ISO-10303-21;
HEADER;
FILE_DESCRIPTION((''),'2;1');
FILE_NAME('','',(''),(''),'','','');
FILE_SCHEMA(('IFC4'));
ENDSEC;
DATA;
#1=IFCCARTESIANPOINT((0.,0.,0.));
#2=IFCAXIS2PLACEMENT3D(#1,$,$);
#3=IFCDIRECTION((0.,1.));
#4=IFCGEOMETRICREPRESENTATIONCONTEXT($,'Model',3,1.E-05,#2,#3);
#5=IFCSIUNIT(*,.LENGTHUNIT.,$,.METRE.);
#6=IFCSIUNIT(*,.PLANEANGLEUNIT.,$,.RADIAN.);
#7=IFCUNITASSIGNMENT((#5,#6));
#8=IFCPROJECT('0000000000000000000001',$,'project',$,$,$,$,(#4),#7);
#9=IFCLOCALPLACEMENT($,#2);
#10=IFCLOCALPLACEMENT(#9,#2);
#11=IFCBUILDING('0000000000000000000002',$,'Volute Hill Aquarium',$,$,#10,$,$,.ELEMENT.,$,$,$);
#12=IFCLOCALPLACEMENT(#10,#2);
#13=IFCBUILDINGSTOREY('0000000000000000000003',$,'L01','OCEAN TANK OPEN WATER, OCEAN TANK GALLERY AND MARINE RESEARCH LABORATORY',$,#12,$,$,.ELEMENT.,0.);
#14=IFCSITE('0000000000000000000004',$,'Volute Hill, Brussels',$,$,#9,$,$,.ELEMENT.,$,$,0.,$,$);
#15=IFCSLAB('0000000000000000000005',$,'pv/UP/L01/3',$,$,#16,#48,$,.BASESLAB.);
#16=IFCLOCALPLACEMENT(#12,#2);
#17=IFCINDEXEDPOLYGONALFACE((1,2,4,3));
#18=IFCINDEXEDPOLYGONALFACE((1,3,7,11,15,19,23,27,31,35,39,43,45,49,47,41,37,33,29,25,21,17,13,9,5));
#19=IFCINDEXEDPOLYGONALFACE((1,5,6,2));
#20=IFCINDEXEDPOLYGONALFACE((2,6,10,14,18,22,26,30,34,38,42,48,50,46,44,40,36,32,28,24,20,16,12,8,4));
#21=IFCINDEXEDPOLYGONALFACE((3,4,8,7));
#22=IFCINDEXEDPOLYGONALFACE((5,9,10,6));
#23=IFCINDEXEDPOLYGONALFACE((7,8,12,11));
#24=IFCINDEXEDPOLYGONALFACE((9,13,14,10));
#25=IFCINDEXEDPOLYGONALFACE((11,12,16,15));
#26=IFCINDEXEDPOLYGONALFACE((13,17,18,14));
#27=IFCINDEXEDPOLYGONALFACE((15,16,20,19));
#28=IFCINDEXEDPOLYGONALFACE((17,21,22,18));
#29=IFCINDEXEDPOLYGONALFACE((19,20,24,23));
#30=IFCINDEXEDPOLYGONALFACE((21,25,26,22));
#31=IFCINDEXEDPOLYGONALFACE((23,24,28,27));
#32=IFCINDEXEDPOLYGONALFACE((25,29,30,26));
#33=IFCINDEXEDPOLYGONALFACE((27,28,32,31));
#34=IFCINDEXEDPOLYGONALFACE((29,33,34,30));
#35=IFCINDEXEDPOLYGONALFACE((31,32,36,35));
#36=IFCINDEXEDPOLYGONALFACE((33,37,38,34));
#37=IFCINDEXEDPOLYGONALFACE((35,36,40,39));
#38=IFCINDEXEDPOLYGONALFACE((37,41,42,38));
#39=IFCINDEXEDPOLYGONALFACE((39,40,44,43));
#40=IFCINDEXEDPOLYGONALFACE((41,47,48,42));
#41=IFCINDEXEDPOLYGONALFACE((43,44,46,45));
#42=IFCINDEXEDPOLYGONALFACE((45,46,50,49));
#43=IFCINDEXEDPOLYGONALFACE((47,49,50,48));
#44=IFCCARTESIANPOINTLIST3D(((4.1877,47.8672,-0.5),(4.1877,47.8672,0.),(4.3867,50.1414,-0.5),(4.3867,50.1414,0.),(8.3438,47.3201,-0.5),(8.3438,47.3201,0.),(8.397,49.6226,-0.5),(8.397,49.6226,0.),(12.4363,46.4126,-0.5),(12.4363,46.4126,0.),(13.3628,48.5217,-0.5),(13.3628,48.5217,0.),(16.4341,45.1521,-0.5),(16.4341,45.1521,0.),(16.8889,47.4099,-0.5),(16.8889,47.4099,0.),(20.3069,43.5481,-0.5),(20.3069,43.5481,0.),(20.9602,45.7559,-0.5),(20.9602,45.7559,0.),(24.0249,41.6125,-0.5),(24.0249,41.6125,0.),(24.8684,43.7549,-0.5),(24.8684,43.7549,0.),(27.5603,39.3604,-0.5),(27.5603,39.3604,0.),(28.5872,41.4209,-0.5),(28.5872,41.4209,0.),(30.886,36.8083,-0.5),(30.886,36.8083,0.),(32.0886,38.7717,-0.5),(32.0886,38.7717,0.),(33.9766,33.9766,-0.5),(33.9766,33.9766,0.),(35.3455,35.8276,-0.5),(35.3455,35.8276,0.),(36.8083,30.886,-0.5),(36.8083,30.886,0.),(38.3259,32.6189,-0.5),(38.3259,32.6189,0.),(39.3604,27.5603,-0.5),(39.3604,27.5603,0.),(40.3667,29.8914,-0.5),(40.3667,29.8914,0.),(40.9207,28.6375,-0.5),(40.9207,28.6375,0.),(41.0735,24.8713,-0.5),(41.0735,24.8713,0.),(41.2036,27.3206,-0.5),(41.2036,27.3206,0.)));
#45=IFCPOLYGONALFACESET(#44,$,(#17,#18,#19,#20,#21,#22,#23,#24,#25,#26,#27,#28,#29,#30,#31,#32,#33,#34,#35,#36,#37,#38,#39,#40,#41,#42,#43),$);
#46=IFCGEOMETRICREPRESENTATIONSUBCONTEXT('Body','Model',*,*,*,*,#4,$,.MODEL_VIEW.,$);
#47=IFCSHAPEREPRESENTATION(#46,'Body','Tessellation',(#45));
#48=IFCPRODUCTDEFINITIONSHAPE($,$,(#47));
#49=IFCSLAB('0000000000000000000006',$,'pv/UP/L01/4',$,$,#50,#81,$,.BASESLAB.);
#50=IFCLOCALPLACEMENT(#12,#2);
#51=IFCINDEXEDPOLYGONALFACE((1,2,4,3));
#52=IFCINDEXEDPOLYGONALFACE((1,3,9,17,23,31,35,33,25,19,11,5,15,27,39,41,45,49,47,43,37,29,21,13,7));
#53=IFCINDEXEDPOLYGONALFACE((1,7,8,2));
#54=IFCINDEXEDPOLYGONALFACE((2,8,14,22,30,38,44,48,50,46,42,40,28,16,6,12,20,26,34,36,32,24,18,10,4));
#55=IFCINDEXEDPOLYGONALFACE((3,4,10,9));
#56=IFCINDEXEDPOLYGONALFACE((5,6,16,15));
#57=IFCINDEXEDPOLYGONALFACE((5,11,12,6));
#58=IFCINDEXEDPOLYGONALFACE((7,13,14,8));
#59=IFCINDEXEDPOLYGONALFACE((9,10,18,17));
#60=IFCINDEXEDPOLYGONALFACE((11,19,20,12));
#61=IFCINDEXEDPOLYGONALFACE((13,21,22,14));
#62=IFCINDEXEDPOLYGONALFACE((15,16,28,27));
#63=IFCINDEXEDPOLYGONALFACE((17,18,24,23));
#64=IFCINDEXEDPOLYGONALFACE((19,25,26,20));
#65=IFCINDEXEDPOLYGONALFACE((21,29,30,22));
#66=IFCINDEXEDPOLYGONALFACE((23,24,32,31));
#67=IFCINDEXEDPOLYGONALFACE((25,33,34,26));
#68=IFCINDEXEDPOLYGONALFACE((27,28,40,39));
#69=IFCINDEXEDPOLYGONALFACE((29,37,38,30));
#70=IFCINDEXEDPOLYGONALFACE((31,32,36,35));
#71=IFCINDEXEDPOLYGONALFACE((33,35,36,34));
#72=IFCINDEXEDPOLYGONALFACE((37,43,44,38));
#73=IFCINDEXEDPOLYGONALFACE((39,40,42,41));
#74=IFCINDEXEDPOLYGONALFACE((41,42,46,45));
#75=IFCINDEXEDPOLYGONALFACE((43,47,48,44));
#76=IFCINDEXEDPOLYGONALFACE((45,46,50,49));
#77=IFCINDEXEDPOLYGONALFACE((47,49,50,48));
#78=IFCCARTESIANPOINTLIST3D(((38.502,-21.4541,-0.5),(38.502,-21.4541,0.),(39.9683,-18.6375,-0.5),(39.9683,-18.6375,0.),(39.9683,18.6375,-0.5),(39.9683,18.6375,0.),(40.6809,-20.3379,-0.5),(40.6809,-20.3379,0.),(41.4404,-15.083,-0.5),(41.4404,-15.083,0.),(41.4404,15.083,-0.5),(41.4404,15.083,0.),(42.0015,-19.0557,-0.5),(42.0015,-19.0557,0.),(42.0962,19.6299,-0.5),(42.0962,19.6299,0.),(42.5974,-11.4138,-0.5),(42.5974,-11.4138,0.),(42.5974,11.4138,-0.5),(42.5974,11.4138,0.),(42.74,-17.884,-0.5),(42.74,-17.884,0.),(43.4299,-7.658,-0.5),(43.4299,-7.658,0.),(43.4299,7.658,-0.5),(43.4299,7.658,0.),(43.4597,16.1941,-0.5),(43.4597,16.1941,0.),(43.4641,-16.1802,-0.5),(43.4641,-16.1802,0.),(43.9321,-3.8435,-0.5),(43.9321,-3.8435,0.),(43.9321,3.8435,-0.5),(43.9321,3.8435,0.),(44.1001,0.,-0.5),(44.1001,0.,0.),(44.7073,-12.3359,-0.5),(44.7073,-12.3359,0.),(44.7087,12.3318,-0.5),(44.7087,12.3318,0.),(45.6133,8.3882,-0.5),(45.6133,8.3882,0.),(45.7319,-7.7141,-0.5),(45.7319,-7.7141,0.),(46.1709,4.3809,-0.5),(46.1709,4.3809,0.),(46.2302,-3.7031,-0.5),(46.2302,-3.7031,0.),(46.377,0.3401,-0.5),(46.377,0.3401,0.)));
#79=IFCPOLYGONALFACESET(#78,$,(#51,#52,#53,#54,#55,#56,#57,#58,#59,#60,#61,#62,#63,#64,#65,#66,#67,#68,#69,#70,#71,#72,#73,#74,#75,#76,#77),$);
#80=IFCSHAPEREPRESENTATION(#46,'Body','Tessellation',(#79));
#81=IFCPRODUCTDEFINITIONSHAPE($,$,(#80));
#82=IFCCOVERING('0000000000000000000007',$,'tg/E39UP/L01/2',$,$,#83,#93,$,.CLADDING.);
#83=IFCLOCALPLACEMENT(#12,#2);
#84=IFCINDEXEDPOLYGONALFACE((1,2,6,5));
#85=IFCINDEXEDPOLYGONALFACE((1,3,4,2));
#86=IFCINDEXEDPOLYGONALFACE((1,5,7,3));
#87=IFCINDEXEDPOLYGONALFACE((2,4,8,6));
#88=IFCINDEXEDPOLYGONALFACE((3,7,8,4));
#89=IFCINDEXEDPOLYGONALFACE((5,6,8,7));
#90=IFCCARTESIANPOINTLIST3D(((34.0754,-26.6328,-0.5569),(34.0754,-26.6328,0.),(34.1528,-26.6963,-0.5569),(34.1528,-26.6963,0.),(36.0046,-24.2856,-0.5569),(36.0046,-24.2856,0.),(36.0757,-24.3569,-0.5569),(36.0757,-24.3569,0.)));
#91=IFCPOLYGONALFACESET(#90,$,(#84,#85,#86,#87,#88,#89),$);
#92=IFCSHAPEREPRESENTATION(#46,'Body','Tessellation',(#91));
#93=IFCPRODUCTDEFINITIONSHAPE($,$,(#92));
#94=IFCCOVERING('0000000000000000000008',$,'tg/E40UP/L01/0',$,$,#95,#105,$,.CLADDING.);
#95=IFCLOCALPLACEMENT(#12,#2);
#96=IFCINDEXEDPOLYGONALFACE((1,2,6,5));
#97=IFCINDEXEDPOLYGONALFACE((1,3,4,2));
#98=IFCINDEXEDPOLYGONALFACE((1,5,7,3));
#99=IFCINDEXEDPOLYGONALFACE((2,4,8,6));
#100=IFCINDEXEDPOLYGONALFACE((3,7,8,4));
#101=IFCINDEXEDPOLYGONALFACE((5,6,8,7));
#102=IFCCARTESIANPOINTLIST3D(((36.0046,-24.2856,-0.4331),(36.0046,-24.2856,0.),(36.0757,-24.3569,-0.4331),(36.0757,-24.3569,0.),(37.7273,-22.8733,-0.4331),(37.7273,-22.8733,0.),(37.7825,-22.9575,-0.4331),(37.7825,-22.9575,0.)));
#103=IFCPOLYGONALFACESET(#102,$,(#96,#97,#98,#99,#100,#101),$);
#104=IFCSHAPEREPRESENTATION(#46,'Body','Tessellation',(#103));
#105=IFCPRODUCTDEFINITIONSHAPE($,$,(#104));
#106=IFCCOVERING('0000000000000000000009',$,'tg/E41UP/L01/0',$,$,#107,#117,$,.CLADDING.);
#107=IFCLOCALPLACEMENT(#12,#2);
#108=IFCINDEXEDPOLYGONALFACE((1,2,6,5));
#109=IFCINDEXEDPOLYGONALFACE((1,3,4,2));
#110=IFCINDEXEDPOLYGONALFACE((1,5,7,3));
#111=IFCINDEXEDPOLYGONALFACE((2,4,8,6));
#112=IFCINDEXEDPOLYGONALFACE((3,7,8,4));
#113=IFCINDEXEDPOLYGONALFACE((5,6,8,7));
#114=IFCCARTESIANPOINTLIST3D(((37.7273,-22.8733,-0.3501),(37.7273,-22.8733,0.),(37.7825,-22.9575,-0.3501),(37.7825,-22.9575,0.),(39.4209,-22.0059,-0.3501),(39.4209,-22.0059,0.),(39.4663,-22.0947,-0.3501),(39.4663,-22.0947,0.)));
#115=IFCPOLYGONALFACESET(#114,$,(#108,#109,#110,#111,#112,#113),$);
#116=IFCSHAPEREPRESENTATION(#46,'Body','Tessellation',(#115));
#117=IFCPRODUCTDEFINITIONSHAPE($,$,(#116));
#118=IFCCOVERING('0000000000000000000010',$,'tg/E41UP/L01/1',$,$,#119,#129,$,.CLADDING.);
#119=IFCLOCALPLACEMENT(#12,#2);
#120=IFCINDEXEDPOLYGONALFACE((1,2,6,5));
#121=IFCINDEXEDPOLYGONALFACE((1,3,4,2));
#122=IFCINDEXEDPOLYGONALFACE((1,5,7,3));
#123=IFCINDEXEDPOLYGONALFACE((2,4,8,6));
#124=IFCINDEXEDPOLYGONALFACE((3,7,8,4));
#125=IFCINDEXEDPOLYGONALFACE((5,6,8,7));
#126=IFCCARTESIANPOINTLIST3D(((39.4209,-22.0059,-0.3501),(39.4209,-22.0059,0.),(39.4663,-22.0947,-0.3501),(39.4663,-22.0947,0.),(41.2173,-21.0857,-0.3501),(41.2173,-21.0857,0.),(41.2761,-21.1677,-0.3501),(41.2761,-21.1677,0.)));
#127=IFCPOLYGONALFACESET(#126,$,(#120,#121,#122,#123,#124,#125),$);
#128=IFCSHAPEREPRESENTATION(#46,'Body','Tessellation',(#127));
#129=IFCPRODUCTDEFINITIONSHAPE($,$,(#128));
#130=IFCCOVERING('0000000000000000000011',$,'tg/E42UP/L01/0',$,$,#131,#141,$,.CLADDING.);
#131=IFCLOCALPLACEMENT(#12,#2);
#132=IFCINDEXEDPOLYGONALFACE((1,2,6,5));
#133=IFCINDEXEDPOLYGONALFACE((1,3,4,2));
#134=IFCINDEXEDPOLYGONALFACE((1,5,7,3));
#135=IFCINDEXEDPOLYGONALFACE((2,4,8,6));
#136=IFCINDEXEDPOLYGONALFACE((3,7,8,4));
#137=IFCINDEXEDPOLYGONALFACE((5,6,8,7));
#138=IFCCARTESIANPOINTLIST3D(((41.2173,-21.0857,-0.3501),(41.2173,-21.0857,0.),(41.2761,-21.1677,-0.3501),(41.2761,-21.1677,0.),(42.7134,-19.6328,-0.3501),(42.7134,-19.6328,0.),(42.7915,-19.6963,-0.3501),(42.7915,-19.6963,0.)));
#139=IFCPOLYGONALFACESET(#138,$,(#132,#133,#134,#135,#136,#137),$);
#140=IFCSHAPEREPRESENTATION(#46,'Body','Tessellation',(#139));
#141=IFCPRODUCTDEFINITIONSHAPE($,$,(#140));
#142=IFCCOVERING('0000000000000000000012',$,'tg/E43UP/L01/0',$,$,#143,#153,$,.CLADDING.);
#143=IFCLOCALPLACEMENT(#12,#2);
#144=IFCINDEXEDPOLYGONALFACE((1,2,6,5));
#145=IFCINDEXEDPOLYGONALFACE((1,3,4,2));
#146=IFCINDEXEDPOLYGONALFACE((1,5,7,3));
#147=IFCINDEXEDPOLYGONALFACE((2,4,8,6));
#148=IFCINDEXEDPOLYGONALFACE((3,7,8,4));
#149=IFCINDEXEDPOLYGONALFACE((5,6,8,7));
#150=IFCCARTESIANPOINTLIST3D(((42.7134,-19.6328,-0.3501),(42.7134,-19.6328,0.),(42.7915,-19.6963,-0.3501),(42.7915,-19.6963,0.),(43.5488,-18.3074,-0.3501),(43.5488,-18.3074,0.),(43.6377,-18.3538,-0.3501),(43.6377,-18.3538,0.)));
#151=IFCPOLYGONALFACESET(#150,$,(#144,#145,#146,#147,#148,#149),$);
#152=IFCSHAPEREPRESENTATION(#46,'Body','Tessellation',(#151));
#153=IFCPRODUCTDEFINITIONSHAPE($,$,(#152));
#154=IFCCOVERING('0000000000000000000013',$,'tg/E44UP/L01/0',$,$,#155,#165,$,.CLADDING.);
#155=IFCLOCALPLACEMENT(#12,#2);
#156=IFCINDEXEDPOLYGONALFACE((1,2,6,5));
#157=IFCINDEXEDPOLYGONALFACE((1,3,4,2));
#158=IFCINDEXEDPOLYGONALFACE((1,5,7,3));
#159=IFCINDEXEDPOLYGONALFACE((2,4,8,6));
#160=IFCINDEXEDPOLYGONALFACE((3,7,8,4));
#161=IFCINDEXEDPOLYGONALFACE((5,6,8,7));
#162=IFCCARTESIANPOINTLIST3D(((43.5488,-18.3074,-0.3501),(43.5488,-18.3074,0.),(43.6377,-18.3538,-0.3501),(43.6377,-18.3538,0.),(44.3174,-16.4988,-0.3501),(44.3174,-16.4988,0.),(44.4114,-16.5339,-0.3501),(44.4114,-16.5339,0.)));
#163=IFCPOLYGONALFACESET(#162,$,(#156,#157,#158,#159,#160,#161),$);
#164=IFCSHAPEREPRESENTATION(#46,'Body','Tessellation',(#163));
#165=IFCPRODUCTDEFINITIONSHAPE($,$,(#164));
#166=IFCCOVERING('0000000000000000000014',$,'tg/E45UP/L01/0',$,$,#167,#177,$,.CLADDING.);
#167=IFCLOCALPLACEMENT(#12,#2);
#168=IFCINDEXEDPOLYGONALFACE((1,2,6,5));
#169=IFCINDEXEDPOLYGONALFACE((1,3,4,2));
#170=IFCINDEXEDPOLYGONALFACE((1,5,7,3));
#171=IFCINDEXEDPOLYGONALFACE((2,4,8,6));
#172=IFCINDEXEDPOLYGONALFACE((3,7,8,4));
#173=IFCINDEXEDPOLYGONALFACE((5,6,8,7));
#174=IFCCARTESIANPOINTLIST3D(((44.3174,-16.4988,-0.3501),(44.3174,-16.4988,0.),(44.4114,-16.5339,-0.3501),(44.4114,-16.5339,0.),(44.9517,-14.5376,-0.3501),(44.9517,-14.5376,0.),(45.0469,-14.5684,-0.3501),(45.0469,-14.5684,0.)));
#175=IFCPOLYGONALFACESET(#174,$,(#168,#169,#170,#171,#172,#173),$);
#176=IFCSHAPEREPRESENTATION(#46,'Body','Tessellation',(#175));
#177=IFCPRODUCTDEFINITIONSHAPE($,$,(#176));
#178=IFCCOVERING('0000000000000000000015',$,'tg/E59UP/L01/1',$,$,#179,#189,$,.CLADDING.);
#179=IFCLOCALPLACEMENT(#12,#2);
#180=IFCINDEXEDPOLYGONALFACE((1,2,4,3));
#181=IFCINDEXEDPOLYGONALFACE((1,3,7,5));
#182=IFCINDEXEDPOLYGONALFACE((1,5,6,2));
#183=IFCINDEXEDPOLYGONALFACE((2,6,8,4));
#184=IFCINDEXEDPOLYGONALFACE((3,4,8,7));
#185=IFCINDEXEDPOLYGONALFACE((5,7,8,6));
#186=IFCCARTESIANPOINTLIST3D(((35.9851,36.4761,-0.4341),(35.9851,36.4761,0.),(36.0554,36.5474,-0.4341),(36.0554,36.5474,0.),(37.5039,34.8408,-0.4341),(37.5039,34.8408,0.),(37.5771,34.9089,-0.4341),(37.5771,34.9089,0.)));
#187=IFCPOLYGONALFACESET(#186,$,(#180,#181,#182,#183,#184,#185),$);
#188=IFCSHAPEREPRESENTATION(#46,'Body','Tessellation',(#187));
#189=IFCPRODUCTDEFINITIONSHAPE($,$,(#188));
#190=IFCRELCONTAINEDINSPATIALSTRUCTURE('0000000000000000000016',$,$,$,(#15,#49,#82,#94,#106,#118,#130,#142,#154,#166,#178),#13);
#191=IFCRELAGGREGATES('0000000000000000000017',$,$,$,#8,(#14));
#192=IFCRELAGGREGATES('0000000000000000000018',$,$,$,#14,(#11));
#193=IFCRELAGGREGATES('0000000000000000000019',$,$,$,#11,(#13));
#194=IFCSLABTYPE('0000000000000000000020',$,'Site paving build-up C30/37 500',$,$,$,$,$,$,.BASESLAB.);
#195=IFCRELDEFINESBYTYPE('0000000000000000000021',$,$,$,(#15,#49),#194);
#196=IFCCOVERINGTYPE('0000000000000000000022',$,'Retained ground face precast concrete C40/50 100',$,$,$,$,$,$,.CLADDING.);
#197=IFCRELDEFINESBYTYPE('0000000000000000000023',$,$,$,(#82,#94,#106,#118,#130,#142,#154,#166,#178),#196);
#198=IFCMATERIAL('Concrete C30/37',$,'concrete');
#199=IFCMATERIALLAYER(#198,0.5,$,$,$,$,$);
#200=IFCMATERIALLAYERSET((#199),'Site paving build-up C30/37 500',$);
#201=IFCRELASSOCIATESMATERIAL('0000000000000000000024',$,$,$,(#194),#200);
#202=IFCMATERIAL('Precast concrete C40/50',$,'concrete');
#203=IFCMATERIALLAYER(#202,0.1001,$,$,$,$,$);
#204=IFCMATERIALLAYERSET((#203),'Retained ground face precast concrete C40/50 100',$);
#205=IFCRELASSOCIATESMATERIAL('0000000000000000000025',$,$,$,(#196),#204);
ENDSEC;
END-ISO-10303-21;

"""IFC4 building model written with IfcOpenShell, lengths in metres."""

from ifc_helpers import new_model, si_unit, direction, frame, origin, place, context, subcontext, project, spatial, polyline, outline, extrude, material, layer, layer_set, type_object, element, save


model = new_model("IFC4")

# Units and contexts
model_context = context("Model", 3, precision=1e-05, world=origin(), true_north=direction((0.0, 1.0)))
body_context = subcontext(model_context, "Body", "Model", "MODEL_VIEW")
ifc_project = project(units=[si_unit("LENGTHUNIT", "METRE"), si_unit("PLANEANGLEUNIT", "RADIAN")], contexts=[model_context])

# Site, building, storey
site_placement = place(None, origin())
site = spatial("IfcSite", under=ifc_project, at=site_placement, Name="Volute Hill, Brussels", CompositionType="ELEMENT", RefElevation=0.0)
building_placement = place(site_placement, origin())
building = spatial("IfcBuilding", under=site, at=building_placement, Name="Volute Hill Aquarium", CompositionType="ELEMENT")
storey_placement = place(building_placement, origin())
storey = spatial("IfcBuildingStorey", under=building, at=storey_placement, Name="L01", Description="OCEAN TANK OPEN WATER, OCEAN TANK GALLERY AND MARINE RESEARCH LABORATORY", CompositionType="ELEMENT", Elevation=0.0)

# Slabs
ifc_material_1 = material(Name="Concrete C30/37", Category="concrete")
ifc_layer_1 = layer(ifc_material_1, 0.5)
ifc_layer_set_1 = layer_set([ifc_layer_1], Name="Site paving build-up C30/37 500")
slab_type_1 = type_object("IfcSlabType", Name="Site paving build-up C30/37 500", PredefinedType="BASESLAB", material=ifc_layer_set_1)
slab_1_placement = place(storey_placement, frame((0.0, 0.0, -0.5)))
element("IfcSlab", 1, at=slab_1_placement, inside=storey, type_object=slab_type_1, Name="pv/UP/L01/3", PredefinedType="BASESLAB", context=body_context, shape_type="SweptSolid", body=[
    extrude(outline(polyline([(13.3628, 48.5217), (8.397, 49.6226), (4.3867, 50.1414), (4.1877, 47.8672), (8.3438, 47.3201), (12.4363, 46.4126), (16.4341, 45.1521), (20.3069, 43.5481), (24.0249, 41.6125), (27.5603, 39.3604), (30.886, 36.8083), (33.9766, 33.9766), (36.8083, 30.886), (39.3604, 27.5603), (41.0735, 24.8713), (41.2036, 27.3206), (40.9207, 28.6375), (40.3667, 29.8914), (38.3259, 32.6189), (35.3455, 35.8276), (32.0886, 38.7717), (28.5872, 41.4209), (24.8684, 43.7549), (20.9602, 45.7559), (16.8889, 47.4099), (13.3628, 48.5217)])), origin(), (0.0, 0.0, 1.0), 0.5),
])
slab_2_placement = place(storey_placement, frame((0.0, 0.0, -0.5)))
element("IfcSlab", 2, at=slab_2_placement, inside=storey, type_object=slab_type_1, Name="pv/UP/L01/4", PredefinedType="BASESLAB", context=body_context, shape_type="SweptSolid", body=[
    extrude(outline(polyline([(44.7087, 12.3318), (43.4597, 16.1941), (42.0962, 19.6299), (39.9683, 18.6375), (41.4404, 15.083), (42.5974, 11.4138), (43.4299, 7.658), (43.9321, 3.8435), (44.1001, 0.0), (43.9321, -3.8435), (43.4299, -7.658), (42.5974, -11.4138), (41.4404, -15.083), (39.9683, -18.6375), (38.502, -21.4541), (40.6809, -20.3379), (42.0015, -19.0557), (42.74, -17.884), (43.4641, -16.1802), (44.7073, -12.3359), (45.7319, -7.7141), (46.2302, -3.7031), (46.377, 0.3401), (46.1709, 4.3809), (45.6133, 8.3882), (44.7087, 12.3318)])), origin(), (0.0, 0.0, 1.0), 0.5),
])

# Coverings
ifc_material_2 = material(Name="Precast concrete C40/50", Category="concrete")
ifc_layer_2 = layer(ifc_material_2, 0.1001)
ifc_layer_set_2 = layer_set([ifc_layer_2], Name="Retained ground face precast concrete C40/50 100")
covering_type = type_object("IfcCoveringType", Name="Retained ground face precast concrete C40/50 100", PredefinedType="CLADDING", material=ifc_layer_set_2)
covering_1_placement = place(storey_placement, frame((0.0, 0.0, -0.5569)))
element("IfcCovering", 3, at=covering_1_placement, inside=storey, type_object=covering_type, Name="tg/E39UP/L01/2", PredefinedType="CLADDING", context=body_context, shape_type="SweptSolid", body=[
    extrude(outline(polyline([(34.1528, -26.6963), (36.0757, -24.3569), (36.0046, -24.2856), (34.0754, -26.6328), (34.1528, -26.6963)])), origin(), (0.0, 0.0, 1.0), 0.5569),
])
covering_2_placement = place(storey_placement, frame((0.0, 0.0, -0.4331)))
element("IfcCovering", 4, at=covering_2_placement, inside=storey, type_object=covering_type, Name="tg/E40UP/L01/0", PredefinedType="CLADDING", context=body_context, shape_type="SweptSolid", body=[
    extrude(outline(polyline([(37.7825, -22.9575), (37.7825, -22.9575), (37.7273, -22.8733), (36.0046, -24.2856), (36.0046, -24.2856), (36.0757, -24.3569), (36.0757, -24.3569), (37.7825, -22.9575)])), origin(), (0.0, 0.0, 1.0), 0.4331),
])
covering_3_placement = place(storey_placement, frame((0.0, 0.0, -0.3501)))
element("IfcCovering", 5, at=covering_3_placement, inside=storey, type_object=covering_type, Name="tg/E41UP/L01/0", PredefinedType="CLADDING", context=body_context, shape_type="SweptSolid", body=[
    extrude(outline(polyline([(37.7825, -22.9575), (39.4663, -22.0947), (39.4209, -22.0059), (37.7273, -22.8733), (37.7825, -22.9575)])), origin(), (0.0, 0.0, 1.0), 0.3501),
])
covering_4_placement = place(storey_placement, frame((0.0, 0.0, -0.3501)))
element("IfcCovering", 6, at=covering_4_placement, inside=storey, type_object=covering_type, Name="tg/E41UP/L01/1", PredefinedType="CLADDING", context=body_context, shape_type="SweptSolid", body=[
    extrude(outline(polyline([(41.2761, -21.1677), (41.2761, -21.1677), (41.2173, -21.0857), (41.2173, -21.0857), (39.4209, -22.0059), (39.4663, -22.0947), (41.2761, -21.1677)])), origin(), (0.0, 0.0, 1.0), 0.3501),
])
covering_5_placement = place(storey_placement, frame((0.0, 0.0, -0.3501)))
element("IfcCovering", 7, at=covering_5_placement, inside=storey, type_object=covering_type, Name="tg/E42UP/L01/0", PredefinedType="CLADDING", context=body_context, shape_type="SweptSolid", body=[
    extrude(outline(polyline([(41.2761, -21.1677), (42.7915, -19.6963), (42.7134, -19.6328), (41.2173, -21.0857), (41.2761, -21.1677)])), origin(), (0.0, 0.0, 1.0), 0.3501),
])
covering_6_placement = place(storey_placement, frame((0.0, 0.0, -0.3501)))
element("IfcCovering", 8, at=covering_6_placement, inside=storey, type_object=covering_type, Name="tg/E43UP/L01/0", PredefinedType="CLADDING", context=body_context, shape_type="SweptSolid", body=[
    extrude(outline(polyline([(42.7915, -19.6963), (43.6377, -18.3538), (43.5488, -18.3074), (42.7134, -19.6328), (42.7134, -19.6328), (42.7915, -19.6963), (42.7915, -19.6963)])), origin(), (0.0, 0.0, 1.0), 0.3501),
])
covering_7_placement = place(storey_placement, frame((0.0, 0.0, -0.3501)))
element("IfcCovering", 9, at=covering_7_placement, inside=storey, type_object=covering_type, Name="tg/E44UP/L01/0", PredefinedType="CLADDING", context=body_context, shape_type="SweptSolid", body=[
    extrude(outline(polyline([(44.4114, -16.5339), (44.4114, -16.5339), (44.3174, -16.4988), (43.5488, -18.3074), (43.6377, -18.3538), (43.6377, -18.3538), (44.4114, -16.5339)])), origin(), (0.0, 0.0, 1.0), 0.3501),
])
covering_8_placement = place(storey_placement, frame((0.0, 0.0, -0.3501)))
element("IfcCovering", 10, at=covering_8_placement, inside=storey, type_object=covering_type, Name="tg/E45UP/L01/0", PredefinedType="CLADDING", context=body_context, shape_type="SweptSolid", body=[
    extrude(outline(polyline([(44.4114, -16.5339), (45.0469, -14.5684), (44.9517, -14.5376), (44.3174, -16.4988), (44.3174, -16.4988), (44.4114, -16.5339)])), origin(), (0.0, 0.0, 1.0), 0.3501),
])
covering_9_placement = place(storey_placement, frame((0.0, 0.0, -0.4341)))
element("IfcCovering", 11, at=covering_9_placement, inside=storey, type_object=covering_type, Name="tg/E59UP/L01/1", PredefinedType="CLADDING", context=body_context, shape_type="SweptSolid", body=[
    extrude(outline(polyline([(37.5771, 34.9089), (36.0554, 36.5474), (35.9851, 36.4761), (37.5039, 34.8408), (37.5771, 34.9089)])), origin(), (0.0, 0.0, 1.0), 0.4341),
])

save(model, "model.ifc")
